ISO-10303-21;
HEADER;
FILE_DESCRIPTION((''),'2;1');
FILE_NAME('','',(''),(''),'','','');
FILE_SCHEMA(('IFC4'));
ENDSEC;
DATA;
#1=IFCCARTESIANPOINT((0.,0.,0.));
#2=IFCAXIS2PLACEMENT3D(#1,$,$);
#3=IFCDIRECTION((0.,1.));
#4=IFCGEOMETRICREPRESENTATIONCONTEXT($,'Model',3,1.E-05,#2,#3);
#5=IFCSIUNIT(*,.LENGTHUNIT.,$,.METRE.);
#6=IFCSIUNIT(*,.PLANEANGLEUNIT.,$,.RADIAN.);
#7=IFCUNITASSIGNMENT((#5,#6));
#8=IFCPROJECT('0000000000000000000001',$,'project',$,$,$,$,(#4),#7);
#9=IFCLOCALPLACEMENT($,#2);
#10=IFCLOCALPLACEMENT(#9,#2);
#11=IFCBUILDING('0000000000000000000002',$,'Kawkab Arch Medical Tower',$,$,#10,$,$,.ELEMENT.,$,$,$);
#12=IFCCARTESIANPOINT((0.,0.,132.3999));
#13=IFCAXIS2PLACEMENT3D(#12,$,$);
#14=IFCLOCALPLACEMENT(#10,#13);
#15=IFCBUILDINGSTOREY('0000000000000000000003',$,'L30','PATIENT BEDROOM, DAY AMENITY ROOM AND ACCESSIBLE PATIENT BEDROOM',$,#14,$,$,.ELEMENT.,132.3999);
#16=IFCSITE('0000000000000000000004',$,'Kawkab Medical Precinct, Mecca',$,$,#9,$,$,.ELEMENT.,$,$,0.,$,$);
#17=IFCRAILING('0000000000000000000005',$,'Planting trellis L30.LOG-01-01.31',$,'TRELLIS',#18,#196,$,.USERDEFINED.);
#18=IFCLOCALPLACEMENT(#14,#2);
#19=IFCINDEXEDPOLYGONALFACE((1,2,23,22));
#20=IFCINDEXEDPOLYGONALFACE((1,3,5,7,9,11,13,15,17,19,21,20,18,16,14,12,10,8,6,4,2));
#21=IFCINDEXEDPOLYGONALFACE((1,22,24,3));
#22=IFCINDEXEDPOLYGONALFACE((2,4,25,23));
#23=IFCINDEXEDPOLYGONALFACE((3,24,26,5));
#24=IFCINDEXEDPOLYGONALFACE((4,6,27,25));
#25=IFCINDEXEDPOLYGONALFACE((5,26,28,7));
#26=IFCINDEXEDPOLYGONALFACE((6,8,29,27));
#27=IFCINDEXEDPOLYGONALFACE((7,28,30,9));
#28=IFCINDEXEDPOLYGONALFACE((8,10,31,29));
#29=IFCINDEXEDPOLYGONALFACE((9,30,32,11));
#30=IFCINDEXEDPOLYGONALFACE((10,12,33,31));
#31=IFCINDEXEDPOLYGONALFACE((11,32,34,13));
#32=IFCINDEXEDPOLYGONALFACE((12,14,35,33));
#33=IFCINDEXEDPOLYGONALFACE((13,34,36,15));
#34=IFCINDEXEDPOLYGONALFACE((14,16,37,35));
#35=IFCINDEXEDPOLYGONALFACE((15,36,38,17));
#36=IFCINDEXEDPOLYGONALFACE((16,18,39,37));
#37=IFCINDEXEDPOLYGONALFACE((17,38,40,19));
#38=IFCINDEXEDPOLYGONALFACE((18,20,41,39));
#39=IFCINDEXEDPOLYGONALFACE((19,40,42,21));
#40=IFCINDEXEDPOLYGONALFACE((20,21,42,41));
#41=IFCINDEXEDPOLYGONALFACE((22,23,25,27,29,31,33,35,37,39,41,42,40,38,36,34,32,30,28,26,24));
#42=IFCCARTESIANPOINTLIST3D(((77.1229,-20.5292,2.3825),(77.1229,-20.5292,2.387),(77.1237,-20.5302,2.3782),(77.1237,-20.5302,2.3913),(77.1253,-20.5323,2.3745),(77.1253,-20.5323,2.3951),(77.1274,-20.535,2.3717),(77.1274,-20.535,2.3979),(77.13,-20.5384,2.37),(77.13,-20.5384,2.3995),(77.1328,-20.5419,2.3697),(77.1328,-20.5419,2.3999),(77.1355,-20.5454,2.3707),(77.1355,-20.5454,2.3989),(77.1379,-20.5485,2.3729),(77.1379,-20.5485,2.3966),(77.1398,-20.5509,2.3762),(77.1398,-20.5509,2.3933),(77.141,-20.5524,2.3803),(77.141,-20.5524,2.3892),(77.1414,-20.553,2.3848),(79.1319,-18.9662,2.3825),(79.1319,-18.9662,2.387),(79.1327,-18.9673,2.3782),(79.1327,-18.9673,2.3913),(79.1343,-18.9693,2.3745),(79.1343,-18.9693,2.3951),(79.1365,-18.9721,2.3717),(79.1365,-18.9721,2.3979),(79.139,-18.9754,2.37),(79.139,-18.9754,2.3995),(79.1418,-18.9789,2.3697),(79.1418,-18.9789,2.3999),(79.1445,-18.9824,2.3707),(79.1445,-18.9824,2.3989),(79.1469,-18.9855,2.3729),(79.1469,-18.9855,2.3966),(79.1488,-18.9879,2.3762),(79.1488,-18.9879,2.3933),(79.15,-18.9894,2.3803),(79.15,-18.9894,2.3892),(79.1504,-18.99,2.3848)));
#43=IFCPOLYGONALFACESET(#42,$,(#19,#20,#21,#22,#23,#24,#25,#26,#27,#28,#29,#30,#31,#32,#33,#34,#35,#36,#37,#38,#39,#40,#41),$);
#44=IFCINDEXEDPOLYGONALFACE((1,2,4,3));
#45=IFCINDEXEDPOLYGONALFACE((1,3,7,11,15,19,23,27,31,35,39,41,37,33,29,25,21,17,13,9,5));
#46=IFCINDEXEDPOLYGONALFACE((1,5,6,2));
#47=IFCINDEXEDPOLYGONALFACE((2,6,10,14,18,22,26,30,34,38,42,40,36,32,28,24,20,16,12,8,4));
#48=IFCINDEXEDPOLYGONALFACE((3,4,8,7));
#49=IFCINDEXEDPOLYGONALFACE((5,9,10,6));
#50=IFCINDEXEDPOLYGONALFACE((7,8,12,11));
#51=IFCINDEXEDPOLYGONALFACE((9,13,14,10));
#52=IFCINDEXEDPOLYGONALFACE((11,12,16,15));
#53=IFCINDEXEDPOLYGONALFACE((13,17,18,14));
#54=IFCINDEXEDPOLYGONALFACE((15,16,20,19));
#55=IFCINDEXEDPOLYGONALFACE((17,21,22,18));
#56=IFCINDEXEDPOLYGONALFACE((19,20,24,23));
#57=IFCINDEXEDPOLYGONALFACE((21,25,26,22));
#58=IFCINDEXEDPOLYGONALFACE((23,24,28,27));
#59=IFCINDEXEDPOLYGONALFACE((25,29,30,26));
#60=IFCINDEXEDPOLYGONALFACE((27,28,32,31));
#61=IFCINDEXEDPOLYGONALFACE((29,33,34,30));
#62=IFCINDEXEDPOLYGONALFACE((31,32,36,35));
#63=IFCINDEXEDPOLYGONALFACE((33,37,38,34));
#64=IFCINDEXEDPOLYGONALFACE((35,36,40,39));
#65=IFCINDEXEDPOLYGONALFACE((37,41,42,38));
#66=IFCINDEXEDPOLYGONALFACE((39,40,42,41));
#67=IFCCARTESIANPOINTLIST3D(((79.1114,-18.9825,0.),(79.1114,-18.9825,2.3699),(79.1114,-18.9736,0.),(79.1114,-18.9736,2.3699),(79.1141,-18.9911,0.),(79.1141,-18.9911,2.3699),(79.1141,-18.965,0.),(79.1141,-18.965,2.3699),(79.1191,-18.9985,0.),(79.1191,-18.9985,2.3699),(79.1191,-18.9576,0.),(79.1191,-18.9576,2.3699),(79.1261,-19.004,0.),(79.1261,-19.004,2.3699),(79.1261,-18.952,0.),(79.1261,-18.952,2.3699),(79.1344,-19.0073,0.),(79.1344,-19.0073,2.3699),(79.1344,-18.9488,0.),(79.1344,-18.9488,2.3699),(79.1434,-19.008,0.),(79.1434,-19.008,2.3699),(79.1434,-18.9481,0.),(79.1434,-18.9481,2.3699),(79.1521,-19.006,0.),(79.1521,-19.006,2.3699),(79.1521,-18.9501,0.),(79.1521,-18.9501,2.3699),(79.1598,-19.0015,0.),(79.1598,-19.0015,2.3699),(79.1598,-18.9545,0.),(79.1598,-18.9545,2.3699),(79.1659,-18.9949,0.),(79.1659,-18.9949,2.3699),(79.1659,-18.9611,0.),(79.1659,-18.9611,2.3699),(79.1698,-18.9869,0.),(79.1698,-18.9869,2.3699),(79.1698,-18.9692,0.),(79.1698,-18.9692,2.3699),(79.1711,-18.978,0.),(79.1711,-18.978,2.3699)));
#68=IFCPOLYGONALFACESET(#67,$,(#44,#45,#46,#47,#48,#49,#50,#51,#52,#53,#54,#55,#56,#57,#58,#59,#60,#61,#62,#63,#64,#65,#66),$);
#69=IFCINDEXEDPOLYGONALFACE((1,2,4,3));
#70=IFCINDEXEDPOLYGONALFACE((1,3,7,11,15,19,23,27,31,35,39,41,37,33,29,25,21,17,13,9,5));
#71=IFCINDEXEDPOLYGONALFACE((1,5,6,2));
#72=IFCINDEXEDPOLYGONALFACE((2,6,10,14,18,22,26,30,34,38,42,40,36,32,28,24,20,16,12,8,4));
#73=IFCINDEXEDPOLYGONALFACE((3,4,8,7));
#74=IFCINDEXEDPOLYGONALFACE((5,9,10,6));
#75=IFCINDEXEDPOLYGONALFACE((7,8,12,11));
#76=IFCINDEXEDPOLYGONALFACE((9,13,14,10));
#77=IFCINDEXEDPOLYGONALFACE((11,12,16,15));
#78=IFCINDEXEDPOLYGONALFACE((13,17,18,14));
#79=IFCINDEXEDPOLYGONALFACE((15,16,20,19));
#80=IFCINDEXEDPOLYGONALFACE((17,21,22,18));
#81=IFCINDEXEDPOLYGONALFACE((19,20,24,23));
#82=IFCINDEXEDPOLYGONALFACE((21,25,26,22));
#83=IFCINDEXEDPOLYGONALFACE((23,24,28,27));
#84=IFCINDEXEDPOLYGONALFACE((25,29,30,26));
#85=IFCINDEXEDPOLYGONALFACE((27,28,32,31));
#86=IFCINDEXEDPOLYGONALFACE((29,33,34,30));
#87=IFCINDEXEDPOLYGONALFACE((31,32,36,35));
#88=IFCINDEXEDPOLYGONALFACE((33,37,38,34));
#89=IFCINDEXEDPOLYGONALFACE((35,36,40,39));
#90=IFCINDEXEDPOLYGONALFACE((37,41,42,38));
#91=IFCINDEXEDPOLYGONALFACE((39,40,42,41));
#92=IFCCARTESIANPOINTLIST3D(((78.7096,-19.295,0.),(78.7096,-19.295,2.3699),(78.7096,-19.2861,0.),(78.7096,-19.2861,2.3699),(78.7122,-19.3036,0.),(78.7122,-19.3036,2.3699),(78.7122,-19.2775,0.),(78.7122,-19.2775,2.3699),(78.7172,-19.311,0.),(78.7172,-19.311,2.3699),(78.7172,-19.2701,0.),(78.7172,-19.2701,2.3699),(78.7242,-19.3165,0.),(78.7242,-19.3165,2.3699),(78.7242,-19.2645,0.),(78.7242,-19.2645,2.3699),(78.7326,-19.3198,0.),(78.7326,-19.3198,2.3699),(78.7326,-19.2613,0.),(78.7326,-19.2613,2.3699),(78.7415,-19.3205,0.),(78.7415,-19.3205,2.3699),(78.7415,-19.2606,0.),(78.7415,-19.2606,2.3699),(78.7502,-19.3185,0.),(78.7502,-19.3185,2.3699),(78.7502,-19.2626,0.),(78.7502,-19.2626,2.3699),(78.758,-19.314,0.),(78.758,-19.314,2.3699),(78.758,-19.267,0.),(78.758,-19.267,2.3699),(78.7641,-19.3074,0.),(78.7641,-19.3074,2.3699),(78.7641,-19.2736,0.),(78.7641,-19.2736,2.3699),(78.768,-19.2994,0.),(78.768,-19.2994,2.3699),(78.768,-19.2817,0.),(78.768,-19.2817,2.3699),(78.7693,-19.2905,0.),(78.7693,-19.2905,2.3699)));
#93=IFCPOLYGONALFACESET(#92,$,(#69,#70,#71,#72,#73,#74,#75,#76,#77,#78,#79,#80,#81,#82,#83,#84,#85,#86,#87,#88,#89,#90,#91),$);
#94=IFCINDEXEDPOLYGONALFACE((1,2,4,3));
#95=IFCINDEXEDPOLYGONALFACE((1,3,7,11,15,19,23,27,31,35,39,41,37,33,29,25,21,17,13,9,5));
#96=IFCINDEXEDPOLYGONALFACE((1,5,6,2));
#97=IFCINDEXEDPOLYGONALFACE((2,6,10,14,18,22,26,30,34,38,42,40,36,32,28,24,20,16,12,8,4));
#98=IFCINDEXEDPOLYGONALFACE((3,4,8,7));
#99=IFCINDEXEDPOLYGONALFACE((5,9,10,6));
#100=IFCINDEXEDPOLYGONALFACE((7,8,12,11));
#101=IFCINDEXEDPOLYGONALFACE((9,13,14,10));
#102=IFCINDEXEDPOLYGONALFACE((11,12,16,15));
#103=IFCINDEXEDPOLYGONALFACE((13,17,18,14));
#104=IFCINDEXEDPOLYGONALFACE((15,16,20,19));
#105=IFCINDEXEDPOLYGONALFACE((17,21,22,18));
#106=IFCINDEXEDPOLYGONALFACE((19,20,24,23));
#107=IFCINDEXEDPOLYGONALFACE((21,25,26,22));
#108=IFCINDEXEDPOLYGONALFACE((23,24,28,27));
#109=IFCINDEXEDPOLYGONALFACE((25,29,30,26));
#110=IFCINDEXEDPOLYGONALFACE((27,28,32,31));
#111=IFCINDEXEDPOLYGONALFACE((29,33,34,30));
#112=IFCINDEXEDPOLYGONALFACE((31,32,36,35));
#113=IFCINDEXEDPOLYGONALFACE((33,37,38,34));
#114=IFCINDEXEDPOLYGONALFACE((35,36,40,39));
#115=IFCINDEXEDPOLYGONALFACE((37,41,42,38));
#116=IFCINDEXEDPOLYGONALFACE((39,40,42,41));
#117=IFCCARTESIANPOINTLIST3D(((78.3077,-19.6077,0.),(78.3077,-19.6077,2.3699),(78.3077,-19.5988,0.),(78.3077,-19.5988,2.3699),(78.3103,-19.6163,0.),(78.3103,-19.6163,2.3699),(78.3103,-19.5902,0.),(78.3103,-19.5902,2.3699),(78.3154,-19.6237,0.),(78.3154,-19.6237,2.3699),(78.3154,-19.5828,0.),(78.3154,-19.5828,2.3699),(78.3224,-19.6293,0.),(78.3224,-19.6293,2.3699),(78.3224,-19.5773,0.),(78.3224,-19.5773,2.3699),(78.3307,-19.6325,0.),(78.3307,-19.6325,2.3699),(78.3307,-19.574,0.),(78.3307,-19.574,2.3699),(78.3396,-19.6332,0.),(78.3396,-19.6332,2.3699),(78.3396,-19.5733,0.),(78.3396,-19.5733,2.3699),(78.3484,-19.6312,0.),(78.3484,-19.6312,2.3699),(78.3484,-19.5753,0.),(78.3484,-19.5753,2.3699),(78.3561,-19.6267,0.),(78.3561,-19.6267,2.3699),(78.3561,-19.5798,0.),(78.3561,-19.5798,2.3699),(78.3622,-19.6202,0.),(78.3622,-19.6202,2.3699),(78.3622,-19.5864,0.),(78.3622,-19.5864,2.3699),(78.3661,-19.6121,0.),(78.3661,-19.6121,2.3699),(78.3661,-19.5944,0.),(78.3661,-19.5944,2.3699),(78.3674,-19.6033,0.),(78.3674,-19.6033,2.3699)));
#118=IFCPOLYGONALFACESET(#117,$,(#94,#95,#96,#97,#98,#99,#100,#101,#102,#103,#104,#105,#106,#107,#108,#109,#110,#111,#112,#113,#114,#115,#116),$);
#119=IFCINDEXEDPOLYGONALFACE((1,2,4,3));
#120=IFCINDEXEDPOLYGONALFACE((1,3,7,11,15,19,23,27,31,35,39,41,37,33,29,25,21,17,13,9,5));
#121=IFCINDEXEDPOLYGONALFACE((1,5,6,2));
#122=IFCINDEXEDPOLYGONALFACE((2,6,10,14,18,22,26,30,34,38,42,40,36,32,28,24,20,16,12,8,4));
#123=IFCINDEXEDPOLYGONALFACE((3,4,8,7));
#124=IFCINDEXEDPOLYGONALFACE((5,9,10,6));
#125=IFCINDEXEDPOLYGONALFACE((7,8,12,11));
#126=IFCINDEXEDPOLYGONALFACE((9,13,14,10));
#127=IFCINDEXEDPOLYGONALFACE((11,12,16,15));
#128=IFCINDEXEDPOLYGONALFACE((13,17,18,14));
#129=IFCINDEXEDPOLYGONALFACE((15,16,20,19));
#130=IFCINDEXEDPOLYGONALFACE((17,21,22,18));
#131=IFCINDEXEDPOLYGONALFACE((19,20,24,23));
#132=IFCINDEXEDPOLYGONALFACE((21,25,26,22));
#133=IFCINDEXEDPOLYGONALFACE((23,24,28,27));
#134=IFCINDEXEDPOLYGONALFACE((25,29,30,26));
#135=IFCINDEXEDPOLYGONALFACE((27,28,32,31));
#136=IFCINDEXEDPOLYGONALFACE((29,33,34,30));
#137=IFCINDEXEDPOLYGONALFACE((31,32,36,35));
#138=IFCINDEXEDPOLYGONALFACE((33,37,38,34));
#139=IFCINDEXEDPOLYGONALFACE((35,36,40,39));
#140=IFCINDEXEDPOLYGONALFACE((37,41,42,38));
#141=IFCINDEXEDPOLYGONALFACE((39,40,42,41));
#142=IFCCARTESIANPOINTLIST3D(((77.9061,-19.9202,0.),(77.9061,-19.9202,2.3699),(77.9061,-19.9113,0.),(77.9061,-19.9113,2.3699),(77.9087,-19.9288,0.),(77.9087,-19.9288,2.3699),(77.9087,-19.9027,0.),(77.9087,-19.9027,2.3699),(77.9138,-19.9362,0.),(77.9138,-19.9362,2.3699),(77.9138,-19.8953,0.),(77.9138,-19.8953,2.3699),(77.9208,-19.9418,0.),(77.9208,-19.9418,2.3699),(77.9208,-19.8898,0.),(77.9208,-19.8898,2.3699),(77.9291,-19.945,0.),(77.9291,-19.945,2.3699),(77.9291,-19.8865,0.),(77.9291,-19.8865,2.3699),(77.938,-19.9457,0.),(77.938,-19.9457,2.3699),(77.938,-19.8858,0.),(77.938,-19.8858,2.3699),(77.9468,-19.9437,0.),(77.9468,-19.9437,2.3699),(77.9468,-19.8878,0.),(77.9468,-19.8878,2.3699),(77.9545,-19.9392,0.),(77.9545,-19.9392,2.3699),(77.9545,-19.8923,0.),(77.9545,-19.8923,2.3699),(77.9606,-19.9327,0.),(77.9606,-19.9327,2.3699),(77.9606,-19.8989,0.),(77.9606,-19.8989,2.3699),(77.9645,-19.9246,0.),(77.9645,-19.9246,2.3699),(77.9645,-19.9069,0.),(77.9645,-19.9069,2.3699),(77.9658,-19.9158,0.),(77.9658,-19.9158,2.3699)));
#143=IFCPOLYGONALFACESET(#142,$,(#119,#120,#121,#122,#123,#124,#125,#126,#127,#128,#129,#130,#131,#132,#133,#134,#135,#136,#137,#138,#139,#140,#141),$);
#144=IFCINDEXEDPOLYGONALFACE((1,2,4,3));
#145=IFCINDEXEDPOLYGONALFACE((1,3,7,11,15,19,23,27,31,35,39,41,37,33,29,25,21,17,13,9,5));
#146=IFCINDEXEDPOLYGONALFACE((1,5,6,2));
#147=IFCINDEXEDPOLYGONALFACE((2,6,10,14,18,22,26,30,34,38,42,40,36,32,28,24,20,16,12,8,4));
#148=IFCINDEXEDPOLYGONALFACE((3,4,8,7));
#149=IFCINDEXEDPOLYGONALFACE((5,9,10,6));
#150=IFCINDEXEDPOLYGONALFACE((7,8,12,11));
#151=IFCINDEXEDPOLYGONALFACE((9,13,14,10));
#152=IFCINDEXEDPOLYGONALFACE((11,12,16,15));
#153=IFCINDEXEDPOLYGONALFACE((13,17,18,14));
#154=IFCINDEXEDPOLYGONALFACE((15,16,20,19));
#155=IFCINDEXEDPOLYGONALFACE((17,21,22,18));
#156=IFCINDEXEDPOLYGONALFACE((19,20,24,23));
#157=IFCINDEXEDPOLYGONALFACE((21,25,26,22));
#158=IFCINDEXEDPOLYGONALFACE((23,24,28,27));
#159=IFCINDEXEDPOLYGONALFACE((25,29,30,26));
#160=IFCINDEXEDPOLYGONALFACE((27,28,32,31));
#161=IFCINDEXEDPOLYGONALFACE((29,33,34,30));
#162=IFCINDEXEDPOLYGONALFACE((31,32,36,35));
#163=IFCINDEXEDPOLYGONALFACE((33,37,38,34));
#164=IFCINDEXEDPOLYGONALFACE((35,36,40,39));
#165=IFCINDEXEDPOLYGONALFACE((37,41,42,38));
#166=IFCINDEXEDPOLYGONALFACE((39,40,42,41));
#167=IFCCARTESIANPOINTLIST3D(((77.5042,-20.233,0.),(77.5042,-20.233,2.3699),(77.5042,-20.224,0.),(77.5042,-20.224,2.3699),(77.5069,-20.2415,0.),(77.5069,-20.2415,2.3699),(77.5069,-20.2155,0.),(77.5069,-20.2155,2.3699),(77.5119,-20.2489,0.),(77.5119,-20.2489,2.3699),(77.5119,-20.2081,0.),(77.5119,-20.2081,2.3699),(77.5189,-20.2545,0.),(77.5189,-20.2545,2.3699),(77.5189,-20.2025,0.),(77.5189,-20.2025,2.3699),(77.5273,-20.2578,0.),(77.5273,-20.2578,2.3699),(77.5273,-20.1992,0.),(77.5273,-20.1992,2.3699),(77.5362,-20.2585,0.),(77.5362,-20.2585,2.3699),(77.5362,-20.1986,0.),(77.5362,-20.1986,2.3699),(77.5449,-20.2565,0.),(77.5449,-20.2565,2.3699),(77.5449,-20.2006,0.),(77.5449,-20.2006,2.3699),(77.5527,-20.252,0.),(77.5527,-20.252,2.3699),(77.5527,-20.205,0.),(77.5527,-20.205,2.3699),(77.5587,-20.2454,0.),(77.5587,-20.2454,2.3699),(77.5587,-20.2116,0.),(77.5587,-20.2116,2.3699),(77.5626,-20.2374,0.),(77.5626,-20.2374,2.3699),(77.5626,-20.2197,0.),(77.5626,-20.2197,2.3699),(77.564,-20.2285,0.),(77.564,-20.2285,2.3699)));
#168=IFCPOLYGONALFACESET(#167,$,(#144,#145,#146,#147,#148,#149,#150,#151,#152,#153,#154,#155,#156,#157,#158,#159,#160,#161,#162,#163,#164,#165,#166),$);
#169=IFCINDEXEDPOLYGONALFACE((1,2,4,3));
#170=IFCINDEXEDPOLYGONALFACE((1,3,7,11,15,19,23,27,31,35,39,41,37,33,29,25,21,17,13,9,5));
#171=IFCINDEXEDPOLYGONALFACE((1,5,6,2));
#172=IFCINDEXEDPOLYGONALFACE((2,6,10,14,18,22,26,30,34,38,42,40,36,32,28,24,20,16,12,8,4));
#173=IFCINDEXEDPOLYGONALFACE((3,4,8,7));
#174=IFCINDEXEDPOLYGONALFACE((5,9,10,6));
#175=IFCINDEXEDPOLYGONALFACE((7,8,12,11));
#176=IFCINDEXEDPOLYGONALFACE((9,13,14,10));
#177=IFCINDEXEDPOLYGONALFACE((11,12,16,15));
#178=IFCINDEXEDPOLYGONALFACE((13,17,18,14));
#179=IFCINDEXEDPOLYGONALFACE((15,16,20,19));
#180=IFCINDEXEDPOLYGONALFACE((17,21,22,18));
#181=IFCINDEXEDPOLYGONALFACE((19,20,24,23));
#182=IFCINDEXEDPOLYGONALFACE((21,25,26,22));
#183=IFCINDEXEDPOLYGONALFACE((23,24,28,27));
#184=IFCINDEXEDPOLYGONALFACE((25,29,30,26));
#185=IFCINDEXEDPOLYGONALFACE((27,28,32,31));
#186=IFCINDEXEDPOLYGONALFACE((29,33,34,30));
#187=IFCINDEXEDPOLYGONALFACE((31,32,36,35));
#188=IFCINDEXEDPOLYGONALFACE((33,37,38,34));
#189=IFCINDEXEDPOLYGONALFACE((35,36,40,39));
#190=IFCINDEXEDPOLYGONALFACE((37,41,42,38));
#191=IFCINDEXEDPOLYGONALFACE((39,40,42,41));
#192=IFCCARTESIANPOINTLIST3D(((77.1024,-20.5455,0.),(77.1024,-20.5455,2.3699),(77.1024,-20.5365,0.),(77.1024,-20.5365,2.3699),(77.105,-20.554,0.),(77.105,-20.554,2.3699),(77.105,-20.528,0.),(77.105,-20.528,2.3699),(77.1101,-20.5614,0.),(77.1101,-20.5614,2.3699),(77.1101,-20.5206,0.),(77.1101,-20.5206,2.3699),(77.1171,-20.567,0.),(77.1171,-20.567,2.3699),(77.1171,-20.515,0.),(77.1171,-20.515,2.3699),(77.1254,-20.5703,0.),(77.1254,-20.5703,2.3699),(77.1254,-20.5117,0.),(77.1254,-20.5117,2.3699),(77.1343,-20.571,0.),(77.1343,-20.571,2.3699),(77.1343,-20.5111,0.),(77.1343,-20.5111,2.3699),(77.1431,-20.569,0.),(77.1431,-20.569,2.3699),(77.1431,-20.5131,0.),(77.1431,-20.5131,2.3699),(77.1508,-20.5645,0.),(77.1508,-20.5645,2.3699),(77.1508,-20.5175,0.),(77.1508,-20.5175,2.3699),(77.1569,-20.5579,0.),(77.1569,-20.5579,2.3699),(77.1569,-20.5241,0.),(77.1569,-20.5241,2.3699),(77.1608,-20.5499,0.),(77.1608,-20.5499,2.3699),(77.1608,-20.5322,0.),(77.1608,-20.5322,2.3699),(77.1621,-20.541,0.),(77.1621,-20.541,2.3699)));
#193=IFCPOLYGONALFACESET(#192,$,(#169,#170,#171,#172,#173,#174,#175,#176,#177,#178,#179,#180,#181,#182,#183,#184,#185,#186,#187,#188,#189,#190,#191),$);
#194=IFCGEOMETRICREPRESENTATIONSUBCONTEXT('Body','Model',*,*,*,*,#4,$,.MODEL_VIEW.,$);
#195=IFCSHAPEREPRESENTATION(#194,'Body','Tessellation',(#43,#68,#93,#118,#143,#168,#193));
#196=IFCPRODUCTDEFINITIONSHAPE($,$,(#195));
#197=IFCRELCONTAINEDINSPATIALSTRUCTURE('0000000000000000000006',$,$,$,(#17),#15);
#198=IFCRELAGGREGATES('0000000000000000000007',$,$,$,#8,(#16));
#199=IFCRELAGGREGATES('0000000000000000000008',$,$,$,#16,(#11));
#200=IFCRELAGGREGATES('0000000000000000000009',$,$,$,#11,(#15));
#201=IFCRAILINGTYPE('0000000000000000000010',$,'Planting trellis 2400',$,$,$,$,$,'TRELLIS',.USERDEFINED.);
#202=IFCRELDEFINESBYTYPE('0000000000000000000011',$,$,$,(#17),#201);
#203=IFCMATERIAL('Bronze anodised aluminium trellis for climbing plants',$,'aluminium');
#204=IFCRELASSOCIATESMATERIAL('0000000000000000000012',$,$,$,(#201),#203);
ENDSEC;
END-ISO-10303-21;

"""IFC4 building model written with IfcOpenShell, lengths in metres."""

from ifc_helpers import new_model, si_unit, direction, frame, origin, origin_2d, place, context, subcontext, project, spatial, circle, extrude, material, type_object, element, save


model = new_model("IFC4")

# Units and contexts
model_context = context("Model", 3, precision=1e-05, world=origin(), true_north=direction((0.0, 1.0)))
body_context = subcontext(model_context, "Body", "Model", "MODEL_VIEW")
ifc_project = project(units=[si_unit("LENGTHUNIT", "METRE"), si_unit("PLANEANGLEUNIT", "RADIAN")], contexts=[model_context])

# Site, building, storey
site_placement = place(None, origin())
site = spatial("IfcSite", under=ifc_project, at=site_placement, Name="Kawkab Medical Precinct, Mecca", CompositionType="ELEMENT", RefElevation=0.0)
building_placement = place(site_placement, origin())
building = spatial("IfcBuilding", under=site, at=building_placement, Name="Kawkab Arch Medical Tower", CompositionType="ELEMENT")
storey_placement = place(building_placement, frame((0.0, 0.0, 132.3999)))
storey = spatial("IfcBuildingStorey", under=building, at=storey_placement, Name="L30", Description="PATIENT BEDROOM, DAY AMENITY ROOM AND ACCESSIBLE PATIENT BEDROOM", CompositionType="ELEMENT", Elevation=132.3999)

# Railing
ifc_material_1 = material(Name="Bronze anodised aluminium trellis for climbing plants", Category="aluminium")
railing_type = type_object("IfcRailingType", Name="Planting trellis 2400", ElementType="TRELLIS", PredefinedType="USERDEFINED", material=ifc_material_1)
railing_1_placement = place(storey_placement, frame((79.1411, -18.978, 0.0)))
element("IfcRailing", 1, at=railing_1_placement, inside=storey, type_object=railing_type, Name="Planting trellis L30.LOG-01-01.31", ObjectType="TRELLIS", PredefinedType="USERDEFINED", context=body_context, shape_type="SweptSolid", body=[
    extrude(circle(Radius=0.0151, at=origin_2d()), frame((0.0, 0.0, 2.3848), z_axis=(-0.789275, -0.61404, 0.0), x_axis=(0.61404, -0.789275, 0.0)), (0.0, 0.0, 1.0), 2.5454),
    extrude(circle(Radius=0.03, at=origin_2d()), origin(), (0.0, 0.0, 1.0), 2.3699),
    extrude(circle(Radius=0.03, at=origin_2d()), frame((-0.4019, -0.3125, 0.0)), (0.0, 0.0, 1.0), 2.3699),
    extrude(circle(Radius=0.03, at=origin_2d()), frame((-0.8037, -0.6252, 0.0)), (0.0, 0.0, 1.0), 2.3699),
    extrude(circle(Radius=0.03, at=origin_2d()), frame((-1.2053, -0.9377, 0.0)), (0.0, 0.0, 1.0), 2.3699),
    extrude(circle(Radius=0.03, at=origin_2d()), frame((-1.6072, -1.2505, 0.0)), (0.0, 0.0, 1.0), 2.3699),
    extrude(circle(Radius=0.03, at=origin_2d()), frame((-2.009, -1.563, 0.0)), (0.0, 0.0, 1.0), 2.3699),
])

save(model, "model.ifc")
